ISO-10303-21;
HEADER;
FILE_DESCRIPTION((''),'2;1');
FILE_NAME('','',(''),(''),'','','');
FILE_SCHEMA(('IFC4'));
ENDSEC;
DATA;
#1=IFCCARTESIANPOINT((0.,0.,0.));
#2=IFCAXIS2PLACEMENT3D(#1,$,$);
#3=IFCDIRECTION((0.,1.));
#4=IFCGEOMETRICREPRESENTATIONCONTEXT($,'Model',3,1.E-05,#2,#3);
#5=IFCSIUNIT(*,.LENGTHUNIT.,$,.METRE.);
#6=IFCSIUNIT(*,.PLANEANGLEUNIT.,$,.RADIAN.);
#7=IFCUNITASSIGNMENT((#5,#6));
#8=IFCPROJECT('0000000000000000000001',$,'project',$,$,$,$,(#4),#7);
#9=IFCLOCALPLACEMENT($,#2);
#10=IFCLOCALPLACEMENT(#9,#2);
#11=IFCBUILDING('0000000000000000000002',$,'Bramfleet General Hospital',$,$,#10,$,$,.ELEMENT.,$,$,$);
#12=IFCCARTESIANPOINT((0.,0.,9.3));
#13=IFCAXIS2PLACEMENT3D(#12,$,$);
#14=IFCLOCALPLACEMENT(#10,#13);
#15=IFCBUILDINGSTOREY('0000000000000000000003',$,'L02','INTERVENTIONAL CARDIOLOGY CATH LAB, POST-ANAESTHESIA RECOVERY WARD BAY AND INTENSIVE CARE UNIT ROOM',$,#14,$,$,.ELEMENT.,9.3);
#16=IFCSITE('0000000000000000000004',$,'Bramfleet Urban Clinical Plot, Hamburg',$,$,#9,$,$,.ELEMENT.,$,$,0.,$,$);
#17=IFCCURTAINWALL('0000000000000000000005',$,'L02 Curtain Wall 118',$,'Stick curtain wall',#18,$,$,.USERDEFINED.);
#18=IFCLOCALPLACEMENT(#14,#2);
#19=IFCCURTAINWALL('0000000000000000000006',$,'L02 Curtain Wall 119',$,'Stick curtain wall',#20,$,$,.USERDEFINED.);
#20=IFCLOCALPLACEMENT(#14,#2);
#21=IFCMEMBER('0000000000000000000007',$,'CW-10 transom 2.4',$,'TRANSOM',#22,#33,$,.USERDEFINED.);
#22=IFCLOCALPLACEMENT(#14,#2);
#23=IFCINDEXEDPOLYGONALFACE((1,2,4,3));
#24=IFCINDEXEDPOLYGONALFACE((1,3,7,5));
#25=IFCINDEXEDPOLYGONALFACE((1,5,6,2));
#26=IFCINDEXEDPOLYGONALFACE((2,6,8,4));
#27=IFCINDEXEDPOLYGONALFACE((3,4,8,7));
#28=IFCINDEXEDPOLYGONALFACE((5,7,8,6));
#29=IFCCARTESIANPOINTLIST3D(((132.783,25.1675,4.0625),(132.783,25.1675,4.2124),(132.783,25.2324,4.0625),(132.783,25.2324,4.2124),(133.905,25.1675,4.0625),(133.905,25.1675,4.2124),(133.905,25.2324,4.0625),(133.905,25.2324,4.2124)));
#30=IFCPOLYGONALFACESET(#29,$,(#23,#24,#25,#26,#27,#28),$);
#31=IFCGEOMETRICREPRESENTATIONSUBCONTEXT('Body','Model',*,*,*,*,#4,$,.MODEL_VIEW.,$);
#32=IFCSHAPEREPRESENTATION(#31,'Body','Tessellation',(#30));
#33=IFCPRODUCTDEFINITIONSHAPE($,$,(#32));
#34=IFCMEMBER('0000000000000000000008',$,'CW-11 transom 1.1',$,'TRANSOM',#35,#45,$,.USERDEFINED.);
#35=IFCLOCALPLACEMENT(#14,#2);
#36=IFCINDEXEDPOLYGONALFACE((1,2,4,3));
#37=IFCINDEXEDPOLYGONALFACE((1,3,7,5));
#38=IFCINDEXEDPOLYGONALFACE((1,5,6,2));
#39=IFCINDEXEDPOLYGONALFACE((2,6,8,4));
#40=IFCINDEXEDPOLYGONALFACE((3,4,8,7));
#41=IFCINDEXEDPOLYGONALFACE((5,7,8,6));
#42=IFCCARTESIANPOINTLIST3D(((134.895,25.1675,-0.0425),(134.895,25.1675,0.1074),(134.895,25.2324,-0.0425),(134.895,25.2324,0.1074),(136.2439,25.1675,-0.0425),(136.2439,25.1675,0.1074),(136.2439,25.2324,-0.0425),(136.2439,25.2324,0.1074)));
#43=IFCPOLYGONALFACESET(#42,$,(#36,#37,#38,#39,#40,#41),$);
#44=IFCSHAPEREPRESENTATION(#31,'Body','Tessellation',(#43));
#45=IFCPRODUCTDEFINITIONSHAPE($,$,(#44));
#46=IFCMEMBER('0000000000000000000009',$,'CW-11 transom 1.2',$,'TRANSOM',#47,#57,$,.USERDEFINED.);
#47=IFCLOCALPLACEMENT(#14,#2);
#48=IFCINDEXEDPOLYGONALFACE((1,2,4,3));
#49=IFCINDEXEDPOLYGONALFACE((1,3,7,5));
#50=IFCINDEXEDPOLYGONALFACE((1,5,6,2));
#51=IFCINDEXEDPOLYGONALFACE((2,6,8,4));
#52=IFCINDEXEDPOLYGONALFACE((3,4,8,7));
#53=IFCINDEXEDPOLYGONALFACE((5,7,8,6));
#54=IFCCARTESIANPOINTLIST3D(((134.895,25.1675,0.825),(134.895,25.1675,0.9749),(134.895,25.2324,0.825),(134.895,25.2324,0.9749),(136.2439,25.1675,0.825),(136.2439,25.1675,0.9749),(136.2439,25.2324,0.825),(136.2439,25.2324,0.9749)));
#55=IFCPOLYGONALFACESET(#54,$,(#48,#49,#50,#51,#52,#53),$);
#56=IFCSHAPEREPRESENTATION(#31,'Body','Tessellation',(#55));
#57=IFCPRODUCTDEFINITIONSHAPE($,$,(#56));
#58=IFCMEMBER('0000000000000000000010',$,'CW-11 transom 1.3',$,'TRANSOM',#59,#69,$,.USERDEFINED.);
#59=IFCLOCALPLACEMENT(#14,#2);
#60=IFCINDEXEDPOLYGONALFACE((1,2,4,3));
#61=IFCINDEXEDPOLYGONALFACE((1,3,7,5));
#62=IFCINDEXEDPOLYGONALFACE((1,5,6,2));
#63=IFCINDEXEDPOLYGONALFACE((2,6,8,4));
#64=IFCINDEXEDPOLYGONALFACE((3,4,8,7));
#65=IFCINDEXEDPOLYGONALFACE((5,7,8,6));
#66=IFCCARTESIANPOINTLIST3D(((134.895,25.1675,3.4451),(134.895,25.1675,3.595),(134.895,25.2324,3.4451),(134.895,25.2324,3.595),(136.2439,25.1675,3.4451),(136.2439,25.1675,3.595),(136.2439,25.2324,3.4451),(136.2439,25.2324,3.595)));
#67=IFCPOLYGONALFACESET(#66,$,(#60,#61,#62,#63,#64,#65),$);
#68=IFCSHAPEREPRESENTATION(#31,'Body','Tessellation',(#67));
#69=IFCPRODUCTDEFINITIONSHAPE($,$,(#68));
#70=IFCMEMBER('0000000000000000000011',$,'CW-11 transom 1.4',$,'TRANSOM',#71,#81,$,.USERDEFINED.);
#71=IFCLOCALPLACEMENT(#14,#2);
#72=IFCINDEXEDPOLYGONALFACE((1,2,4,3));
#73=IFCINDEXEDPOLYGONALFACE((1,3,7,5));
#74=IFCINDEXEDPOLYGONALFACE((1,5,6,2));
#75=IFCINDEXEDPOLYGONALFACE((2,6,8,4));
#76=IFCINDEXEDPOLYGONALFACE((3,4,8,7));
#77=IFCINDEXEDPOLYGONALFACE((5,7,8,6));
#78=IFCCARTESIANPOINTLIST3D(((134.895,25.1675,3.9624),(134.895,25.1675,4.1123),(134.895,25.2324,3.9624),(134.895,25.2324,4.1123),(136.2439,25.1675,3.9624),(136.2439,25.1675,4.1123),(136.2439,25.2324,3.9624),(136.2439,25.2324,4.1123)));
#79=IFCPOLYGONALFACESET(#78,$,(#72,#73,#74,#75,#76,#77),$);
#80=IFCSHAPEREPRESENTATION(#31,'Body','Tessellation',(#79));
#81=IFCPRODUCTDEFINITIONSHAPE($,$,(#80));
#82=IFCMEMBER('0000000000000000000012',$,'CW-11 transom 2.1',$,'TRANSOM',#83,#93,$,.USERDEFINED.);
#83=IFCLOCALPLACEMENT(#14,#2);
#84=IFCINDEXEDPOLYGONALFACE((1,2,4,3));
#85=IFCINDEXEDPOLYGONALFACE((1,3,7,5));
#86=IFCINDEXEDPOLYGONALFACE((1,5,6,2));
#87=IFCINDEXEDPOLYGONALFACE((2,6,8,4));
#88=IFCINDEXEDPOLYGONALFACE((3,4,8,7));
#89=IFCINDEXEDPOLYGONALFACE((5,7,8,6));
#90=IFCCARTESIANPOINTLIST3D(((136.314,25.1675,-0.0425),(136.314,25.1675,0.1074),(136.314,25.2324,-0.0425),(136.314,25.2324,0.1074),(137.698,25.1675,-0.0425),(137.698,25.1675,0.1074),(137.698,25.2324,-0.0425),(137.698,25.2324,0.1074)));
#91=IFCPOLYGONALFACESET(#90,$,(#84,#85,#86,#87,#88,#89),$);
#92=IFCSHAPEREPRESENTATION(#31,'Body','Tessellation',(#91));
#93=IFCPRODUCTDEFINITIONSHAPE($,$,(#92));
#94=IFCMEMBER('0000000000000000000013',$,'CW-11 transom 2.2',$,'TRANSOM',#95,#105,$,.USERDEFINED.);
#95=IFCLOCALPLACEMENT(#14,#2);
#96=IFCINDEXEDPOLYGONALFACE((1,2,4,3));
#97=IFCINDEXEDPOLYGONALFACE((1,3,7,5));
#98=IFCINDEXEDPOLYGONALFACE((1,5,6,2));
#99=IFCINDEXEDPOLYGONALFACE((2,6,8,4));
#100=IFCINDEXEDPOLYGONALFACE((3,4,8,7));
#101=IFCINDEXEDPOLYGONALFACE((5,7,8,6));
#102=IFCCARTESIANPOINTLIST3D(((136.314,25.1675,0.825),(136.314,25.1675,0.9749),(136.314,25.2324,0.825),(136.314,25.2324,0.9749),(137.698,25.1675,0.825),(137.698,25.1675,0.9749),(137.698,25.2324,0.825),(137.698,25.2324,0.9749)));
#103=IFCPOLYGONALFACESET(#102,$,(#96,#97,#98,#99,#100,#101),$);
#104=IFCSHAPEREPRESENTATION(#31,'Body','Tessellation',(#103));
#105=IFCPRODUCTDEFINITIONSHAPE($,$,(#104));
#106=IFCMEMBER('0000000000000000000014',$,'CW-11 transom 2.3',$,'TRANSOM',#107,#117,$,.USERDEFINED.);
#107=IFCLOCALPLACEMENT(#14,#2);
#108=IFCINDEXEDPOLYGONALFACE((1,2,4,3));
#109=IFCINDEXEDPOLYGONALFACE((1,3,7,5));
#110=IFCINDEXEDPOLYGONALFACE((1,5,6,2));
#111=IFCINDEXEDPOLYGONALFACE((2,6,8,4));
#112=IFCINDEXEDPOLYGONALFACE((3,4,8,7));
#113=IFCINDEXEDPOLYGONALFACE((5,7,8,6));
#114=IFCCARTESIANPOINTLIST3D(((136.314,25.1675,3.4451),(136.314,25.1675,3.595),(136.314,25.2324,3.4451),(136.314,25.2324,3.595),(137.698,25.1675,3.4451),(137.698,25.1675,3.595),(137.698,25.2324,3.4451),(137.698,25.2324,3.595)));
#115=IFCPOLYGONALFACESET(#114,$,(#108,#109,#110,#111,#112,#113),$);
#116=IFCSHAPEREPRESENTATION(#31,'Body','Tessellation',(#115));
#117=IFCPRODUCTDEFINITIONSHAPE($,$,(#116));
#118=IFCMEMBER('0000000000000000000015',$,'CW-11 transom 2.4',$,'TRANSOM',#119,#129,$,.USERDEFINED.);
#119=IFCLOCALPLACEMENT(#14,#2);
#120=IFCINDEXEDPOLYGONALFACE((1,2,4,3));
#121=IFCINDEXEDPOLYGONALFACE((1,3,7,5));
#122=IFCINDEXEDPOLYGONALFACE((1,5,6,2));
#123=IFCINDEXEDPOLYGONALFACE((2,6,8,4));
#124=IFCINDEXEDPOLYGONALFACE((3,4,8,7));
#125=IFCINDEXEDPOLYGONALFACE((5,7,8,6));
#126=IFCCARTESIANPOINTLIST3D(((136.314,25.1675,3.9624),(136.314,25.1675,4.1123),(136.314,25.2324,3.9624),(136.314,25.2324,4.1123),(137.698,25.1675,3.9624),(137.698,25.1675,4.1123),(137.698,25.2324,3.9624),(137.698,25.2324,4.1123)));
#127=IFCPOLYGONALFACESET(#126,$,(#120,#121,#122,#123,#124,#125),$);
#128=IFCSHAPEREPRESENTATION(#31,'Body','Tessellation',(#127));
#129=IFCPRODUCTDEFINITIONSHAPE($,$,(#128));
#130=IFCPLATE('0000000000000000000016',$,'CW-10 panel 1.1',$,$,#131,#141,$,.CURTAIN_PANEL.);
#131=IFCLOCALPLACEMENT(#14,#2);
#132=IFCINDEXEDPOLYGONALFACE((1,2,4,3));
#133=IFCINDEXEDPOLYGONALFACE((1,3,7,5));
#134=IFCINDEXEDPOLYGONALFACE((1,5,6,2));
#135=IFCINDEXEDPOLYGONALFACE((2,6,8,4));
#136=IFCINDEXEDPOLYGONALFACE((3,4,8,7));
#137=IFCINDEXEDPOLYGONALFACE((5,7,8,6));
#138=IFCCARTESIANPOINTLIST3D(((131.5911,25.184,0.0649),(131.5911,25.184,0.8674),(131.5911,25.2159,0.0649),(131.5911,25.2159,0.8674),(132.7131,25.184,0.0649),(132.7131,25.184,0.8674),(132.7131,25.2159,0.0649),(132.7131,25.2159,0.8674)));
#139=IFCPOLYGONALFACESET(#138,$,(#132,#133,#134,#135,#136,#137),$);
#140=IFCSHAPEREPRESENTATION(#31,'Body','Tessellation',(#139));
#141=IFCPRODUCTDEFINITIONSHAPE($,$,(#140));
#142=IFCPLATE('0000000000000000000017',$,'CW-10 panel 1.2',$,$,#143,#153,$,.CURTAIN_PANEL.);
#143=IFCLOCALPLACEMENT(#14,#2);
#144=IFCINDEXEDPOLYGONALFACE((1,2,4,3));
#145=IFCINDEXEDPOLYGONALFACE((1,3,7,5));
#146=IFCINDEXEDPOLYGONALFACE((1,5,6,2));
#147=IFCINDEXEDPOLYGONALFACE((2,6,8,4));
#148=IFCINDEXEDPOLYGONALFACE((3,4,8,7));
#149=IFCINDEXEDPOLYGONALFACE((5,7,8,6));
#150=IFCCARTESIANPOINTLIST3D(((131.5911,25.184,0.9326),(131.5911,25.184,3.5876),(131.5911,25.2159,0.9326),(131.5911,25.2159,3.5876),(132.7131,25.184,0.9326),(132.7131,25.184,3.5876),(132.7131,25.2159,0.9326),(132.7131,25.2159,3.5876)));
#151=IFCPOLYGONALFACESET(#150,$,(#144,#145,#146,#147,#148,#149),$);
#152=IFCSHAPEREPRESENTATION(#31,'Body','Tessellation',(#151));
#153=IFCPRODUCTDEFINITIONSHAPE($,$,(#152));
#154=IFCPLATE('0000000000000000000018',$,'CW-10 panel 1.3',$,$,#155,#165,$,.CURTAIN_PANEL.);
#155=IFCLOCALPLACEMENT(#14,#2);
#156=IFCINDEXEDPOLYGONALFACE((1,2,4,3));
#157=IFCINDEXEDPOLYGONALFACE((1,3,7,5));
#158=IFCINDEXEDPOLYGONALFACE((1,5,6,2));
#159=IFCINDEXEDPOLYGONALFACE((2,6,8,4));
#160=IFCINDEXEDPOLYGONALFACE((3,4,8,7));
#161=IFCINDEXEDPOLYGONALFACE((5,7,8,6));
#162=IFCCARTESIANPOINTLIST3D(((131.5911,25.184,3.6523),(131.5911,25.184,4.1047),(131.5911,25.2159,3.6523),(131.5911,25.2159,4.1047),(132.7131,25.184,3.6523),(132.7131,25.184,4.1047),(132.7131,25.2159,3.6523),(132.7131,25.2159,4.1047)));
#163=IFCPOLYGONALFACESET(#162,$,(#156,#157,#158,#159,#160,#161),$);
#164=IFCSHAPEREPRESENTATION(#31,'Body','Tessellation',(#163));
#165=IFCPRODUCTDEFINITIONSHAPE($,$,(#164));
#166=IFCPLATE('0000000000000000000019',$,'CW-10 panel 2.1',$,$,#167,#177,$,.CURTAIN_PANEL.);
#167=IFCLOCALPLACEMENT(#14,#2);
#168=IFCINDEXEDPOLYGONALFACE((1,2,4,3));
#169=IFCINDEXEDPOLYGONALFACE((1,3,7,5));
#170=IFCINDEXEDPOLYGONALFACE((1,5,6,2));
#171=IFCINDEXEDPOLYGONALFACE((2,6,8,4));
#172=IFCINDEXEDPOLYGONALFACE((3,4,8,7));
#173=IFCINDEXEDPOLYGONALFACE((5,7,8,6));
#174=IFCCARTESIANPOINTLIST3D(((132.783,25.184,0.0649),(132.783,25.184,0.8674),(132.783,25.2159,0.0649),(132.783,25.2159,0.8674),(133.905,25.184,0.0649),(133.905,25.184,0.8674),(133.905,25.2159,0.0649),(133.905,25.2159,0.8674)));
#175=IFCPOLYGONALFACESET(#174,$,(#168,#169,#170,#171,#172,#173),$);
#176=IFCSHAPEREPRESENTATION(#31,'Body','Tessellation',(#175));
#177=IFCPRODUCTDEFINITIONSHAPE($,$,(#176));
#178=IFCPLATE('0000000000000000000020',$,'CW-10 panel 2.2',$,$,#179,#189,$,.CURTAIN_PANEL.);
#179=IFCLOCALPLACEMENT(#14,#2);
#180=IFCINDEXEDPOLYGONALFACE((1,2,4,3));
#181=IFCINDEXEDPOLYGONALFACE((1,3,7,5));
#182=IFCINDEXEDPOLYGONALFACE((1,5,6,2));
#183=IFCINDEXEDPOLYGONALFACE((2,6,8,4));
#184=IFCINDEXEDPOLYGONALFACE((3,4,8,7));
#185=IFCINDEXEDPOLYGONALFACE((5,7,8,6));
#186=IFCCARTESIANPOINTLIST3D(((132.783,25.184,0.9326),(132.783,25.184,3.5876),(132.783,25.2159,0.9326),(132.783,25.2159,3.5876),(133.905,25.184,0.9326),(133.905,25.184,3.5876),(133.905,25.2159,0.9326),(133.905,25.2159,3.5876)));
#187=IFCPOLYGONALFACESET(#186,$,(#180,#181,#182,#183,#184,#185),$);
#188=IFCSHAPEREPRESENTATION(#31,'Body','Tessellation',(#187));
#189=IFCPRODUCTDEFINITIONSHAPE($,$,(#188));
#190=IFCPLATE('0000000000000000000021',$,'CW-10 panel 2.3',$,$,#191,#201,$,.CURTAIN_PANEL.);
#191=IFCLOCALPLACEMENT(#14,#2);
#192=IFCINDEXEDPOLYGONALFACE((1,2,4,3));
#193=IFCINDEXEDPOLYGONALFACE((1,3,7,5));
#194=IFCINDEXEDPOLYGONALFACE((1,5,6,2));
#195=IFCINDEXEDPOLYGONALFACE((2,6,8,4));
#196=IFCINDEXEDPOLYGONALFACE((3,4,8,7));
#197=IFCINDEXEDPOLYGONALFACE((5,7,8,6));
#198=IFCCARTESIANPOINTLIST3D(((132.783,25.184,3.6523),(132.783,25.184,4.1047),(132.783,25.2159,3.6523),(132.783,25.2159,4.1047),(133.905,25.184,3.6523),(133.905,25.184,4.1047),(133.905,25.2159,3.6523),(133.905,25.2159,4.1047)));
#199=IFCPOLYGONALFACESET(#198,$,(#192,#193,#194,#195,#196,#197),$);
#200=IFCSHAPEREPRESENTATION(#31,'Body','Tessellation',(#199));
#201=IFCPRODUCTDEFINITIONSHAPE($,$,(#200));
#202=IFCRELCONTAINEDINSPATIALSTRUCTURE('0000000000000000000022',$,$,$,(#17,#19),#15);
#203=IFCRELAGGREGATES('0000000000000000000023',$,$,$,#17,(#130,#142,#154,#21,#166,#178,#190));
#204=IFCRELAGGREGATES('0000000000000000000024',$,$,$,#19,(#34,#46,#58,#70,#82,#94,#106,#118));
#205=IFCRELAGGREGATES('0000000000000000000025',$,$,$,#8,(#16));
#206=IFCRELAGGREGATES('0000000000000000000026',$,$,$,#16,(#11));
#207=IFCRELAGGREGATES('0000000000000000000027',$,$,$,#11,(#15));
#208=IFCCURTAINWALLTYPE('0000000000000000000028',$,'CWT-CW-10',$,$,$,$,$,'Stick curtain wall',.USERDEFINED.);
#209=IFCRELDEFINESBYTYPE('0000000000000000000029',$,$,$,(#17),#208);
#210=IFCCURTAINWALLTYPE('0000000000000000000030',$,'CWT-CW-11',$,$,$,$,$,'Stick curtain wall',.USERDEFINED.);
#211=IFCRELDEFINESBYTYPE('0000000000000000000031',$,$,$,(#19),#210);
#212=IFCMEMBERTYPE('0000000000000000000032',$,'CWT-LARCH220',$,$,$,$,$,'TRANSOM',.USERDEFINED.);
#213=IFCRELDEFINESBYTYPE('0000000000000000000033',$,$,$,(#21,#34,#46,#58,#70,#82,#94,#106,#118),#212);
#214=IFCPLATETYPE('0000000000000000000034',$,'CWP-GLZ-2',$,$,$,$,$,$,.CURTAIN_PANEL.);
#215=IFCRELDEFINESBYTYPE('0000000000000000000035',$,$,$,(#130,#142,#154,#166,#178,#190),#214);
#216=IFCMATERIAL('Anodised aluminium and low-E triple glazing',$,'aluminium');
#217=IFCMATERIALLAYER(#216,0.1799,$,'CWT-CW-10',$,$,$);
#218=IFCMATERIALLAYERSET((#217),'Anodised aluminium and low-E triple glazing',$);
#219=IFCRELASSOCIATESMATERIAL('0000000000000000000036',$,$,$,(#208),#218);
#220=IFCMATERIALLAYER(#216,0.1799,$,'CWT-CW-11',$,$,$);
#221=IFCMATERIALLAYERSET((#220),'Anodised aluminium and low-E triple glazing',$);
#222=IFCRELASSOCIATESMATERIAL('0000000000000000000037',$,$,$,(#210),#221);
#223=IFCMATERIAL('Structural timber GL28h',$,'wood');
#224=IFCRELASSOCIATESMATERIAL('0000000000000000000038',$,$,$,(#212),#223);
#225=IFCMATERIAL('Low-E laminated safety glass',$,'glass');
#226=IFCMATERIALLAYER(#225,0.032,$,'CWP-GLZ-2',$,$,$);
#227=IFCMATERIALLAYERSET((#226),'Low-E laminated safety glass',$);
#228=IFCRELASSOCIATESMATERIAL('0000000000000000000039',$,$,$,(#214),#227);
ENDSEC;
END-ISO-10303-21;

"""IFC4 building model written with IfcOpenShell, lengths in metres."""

from ifc_helpers import new_model, si_unit, direction, frame, origin, origin_2d, place, context, subcontext, project, spatial, rectangle, extrude, material, layer, layer_set, material_profile, profile_set, type_object, element, aggregate, save


model = new_model("IFC4")

# Units and contexts
model_context = context("Model", 3, precision=1e-05, world=origin(), true_north=direction((0.0, 1.0)))
body_context = subcontext(model_context, "Body", "Model", "MODEL_VIEW")
ifc_project = project(units=[si_unit("LENGTHUNIT", "METRE"), si_unit("PLANEANGLEUNIT", "RADIAN")], contexts=[model_context])

# Site, building, storey
site_placement = place(None, origin())
site = spatial("IfcSite", under=ifc_project, at=site_placement, Name="Bramfleet Urban Clinical Plot, Hamburg", CompositionType="ELEMENT", RefElevation=0.0)
building_placement = place(site_placement, origin())
building = spatial("IfcBuilding", under=site, at=building_placement, Name="Bramfleet General Hospital", CompositionType="ELEMENT")
storey_placement = place(building_placement, frame((0.0, 0.0, 9.3)))
storey = spatial("IfcBuildingStorey", under=building, at=storey_placement, Name="L02", Description="INTERVENTIONAL CARDIOLOGY CATH LAB, POST-ANAESTHESIA RECOVERY WARD BAY AND INTENSIVE CARE UNIT ROOM", CompositionType="ELEMENT", Elevation=9.3)

# Curtain walls
ifc_material_1 = material(Name="Anodised aluminium and low-E triple glazing", Category="aluminium")
ifc_layer_1 = layer(ifc_material_1, 0.1799, Name="CWT-CW-10")
ifc_layer_set_1 = layer_set([ifc_layer_1], Name="Anodised aluminium and low-E triple glazing")
curtain_wall_type_1 = type_object("IfcCurtainWallType", Name="CWT-CW-10", ElementType="Stick curtain wall", PredefinedType="USERDEFINED", material=ifc_layer_set_1)
curtain_wall_1_placement = place(storey_placement, origin())
curtain_wall_1 = element("IfcCurtainWall", 1, at=curtain_wall_1_placement, inside=storey, type_object=curtain_wall_type_1, Name="L02 Curtain Wall 118", ObjectType="Stick curtain wall", PredefinedType="USERDEFINED")
ifc_material_2 = material(Name="Structural timber GL28h", Category="wood")
ifc_layer_2 = layer(ifc_material_1, 0.1799, Name="CWT-CW-11")
ifc_layer_set_2 = layer_set([ifc_layer_2], Name="Anodised aluminium and low-E triple glazing")
curtain_wall_type_2 = type_object("IfcCurtainWallType", Name="CWT-CW-11", ElementType="Stick curtain wall", PredefinedType="USERDEFINED", material=ifc_layer_set_2)
curtain_wall_2_placement = place(storey_placement, origin())
curtain_wall_2 = element("IfcCurtainWall", 2, at=curtain_wall_2_placement, inside=storey, type_object=curtain_wall_type_2, Name="L02 Curtain Wall 119", ObjectType="Stick curtain wall", PredefinedType="USERDEFINED")

# Members
ifc_material_profile_1 = material_profile(ifc_material_2, rectangle(XDim=0.0649, YDim=0.1499, at=origin_2d()), Name="LARCH 150x65")
ifc_profile_set_1 = profile_set([ifc_material_profile_1], Name="Structural timber GL28h")
member_type_1 = type_object("IfcMemberType", Name="CWT-LARCH220", ElementType="TRANSOM", PredefinedType="USERDEFINED", material=ifc_profile_set_1)
member_1_placement = place(storey_placement, frame((132.783, 25.2, 4.1375), z_axis=(1.0, 0.0, 0.0), x_axis=(0.0, 1.0, 0.0)))
member_1 = element("IfcMember", 3, at=member_1_placement, type_object=member_type_1, Name="CW-10 transom 2.4", ObjectType="TRANSOM", PredefinedType="USERDEFINED", context=body_context, shape_type="SweptSolid", body=[
    extrude(rectangle(XDim=0.0649, YDim=0.1499, at=origin_2d()), origin(), (0.0, 0.0, 1.0), 1.1221),
])
member_2_placement = place(storey_placement, frame((134.895, 25.2, 0.0325), z_axis=(1.0, 0.0, 0.0), x_axis=(0.0, 1.0, 0.0)))
member_2 = element("IfcMember", 4, at=member_2_placement, type_object=member_type_1, Name="CW-11 transom 1.1", ObjectType="TRANSOM", PredefinedType="USERDEFINED", context=body_context, shape_type="SweptSolid", body=[
    extrude(rectangle(XDim=0.0649, YDim=0.1499, at=origin_2d()), origin(), (0.0, 0.0, 1.0), 1.3489),
])
member_3_placement = place(storey_placement, frame((134.895, 25.2, 0.8999), z_axis=(1.0, 0.0, 0.0), x_axis=(0.0, 1.0, 0.0)))
member_3 = element("IfcMember", 5, at=member_3_placement, type_object=member_type_1, Name="CW-11 transom 1.2", ObjectType="TRANSOM", PredefinedType="USERDEFINED", context=body_context, shape_type="SweptSolid", body=[
    extrude(rectangle(XDim=0.0649, YDim=0.1499, at=origin_2d()), origin(), (0.0, 0.0, 1.0), 1.3489),
])
member_4_placement = place(storey_placement, frame((134.895, 25.2, 3.52), z_axis=(1.0, 0.0, 0.0), x_axis=(0.0, 1.0, 0.0)))
member_4 = element("IfcMember", 6, at=member_4_placement, type_object=member_type_1, Name="CW-11 transom 1.3", ObjectType="TRANSOM", PredefinedType="USERDEFINED", context=body_context, shape_type="SweptSolid", body=[
    extrude(rectangle(XDim=0.0649, YDim=0.1499, at=origin_2d()), origin(), (0.0, 0.0, 1.0), 1.3489),
])
member_5_placement = place(storey_placement, frame((134.895, 25.2, 4.0374), z_axis=(1.0, 0.0, 0.0), x_axis=(0.0, 1.0, 0.0)))
member_5 = element("IfcMember", 7, at=member_5_placement, type_object=member_type_1, Name="CW-11 transom 1.4", ObjectType="TRANSOM", PredefinedType="USERDEFINED", context=body_context, shape_type="SweptSolid", body=[
    extrude(rectangle(XDim=0.0649, YDim=0.1499, at=origin_2d()), origin(), (0.0, 0.0, 1.0), 1.3489),
])
member_6_placement = place(storey_placement, frame((136.314, 25.2, 0.0325), z_axis=(1.0, 0.0, 0.0), x_axis=(0.0, 1.0, 0.0)))
member_6 = element("IfcMember", 8, at=member_6_placement, type_object=member_type_1, Name="CW-11 transom 2.1", ObjectType="TRANSOM", PredefinedType="USERDEFINED", context=body_context, shape_type="SweptSolid", body=[
    extrude(rectangle(XDim=0.0649, YDim=0.1499, at=origin_2d()), origin(), (0.0, 0.0, 1.0), 1.384),
])
member_7_placement = place(storey_placement, frame((136.314, 25.2, 0.8999), z_axis=(1.0, 0.0, 0.0), x_axis=(0.0, 1.0, 0.0)))
member_7 = element("IfcMember", 9, at=member_7_placement, type_object=member_type_1, Name="CW-11 transom 2.2", ObjectType="TRANSOM", PredefinedType="USERDEFINED", context=body_context, shape_type="SweptSolid", body=[
    extrude(rectangle(XDim=0.0649, YDim=0.1499, at=origin_2d()), origin(), (0.0, 0.0, 1.0), 1.384),
])
member_8_placement = place(storey_placement, frame((136.314, 25.2, 3.52), z_axis=(1.0, 0.0, 0.0), x_axis=(0.0, 1.0, 0.0)))
member_8 = element("IfcMember", 10, at=member_8_placement, type_object=member_type_1, Name="CW-11 transom 2.3", ObjectType="TRANSOM", PredefinedType="USERDEFINED", context=body_context, shape_type="SweptSolid", body=[
    extrude(rectangle(XDim=0.0649, YDim=0.1499, at=origin_2d()), origin(), (0.0, 0.0, 1.0), 1.384),
])
member_9_placement = place(storey_placement, frame((136.314, 25.2, 4.0374), z_axis=(1.0, 0.0, 0.0), x_axis=(0.0, 1.0, 0.0)))
member_9 = element("IfcMember", 11, at=member_9_placement, type_object=member_type_1, Name="CW-11 transom 2.4", ObjectType="TRANSOM", PredefinedType="USERDEFINED", context=body_context, shape_type="SweptSolid", body=[
    extrude(rectangle(XDim=0.0649, YDim=0.1499, at=origin_2d()), origin(), (0.0, 0.0, 1.0), 1.384),
])

# Plates
ifc_material_3 = material(Name="Low-E laminated safety glass", Category="glass")
ifc_layer_3 = layer(ifc_material_3, 0.032, Name="CWP-GLZ-2")
ifc_layer_set_3 = layer_set([ifc_layer_3], Name="Low-E laminated safety glass")
plate_type_1 = type_object("IfcPlateType", Name="CWP-GLZ-2", PredefinedType="CURTAIN_PANEL", material=ifc_layer_set_3)
plate_1_placement = place(storey_placement, frame((132.1521, 25.2, 0.0649), z_axis=(0.0, 0.0, 1.0), x_axis=(1.0, 0.0, 0.0)))
plate_1 = element("IfcPlate", 12, at=plate_1_placement, type_object=plate_type_1, Name="CW-10 panel 1.1", PredefinedType="CURTAIN_PANEL", context=body_context, shape_type="SweptSolid", body=[
    extrude(rectangle(XDim=1.1221, YDim=0.032, at=origin_2d()), origin(), (0.0, 0.0, 1.0), 0.8025),
])
plate_2_placement = place(storey_placement, frame((132.1521, 25.2, 0.9326), z_axis=(0.0, 0.0, 1.0), x_axis=(1.0, 0.0, 0.0)))
plate_2 = element("IfcPlate", 13, at=plate_2_placement, type_object=plate_type_1, Name="CW-10 panel 1.2", PredefinedType="CURTAIN_PANEL", context=body_context, shape_type="SweptSolid", body=[
    extrude(rectangle(XDim=1.1221, YDim=0.032, at=origin_2d()), origin(), (0.0, 0.0, 1.0), 2.655),
])
plate_3_placement = place(storey_placement, frame((132.1521, 25.2, 3.6523), z_axis=(0.0, 0.0, 1.0), x_axis=(1.0, 0.0, 0.0)))
plate_3 = element("IfcPlate", 14, at=plate_3_placement, type_object=plate_type_1, Name="CW-10 panel 1.3", PredefinedType="CURTAIN_PANEL", context=body_context, shape_type="SweptSolid", body=[
    extrude(rectangle(XDim=1.1221, YDim=0.032, at=origin_2d()), origin(), (0.0, 0.0, 1.0), 0.4524),
])
plate_4_placement = place(storey_placement, frame((133.344, 25.2, 0.0649), z_axis=(0.0, 0.0, 1.0), x_axis=(1.0, 0.0, 0.0)))
plate_4 = element("IfcPlate", 15, at=plate_4_placement, type_object=plate_type_1, Name="CW-10 panel 2.1", PredefinedType="CURTAIN_PANEL", context=body_context, shape_type="SweptSolid", body=[
    extrude(rectangle(XDim=1.1221, YDim=0.032, at=origin_2d()), origin(), (0.0, 0.0, 1.0), 0.8025),
])
plate_5_placement = place(storey_placement, frame((133.344, 25.2, 0.9326), z_axis=(0.0, 0.0, 1.0), x_axis=(1.0, 0.0, 0.0)))
plate_5 = element("IfcPlate", 16, at=plate_5_placement, type_object=plate_type_1, Name="CW-10 panel 2.2", PredefinedType="CURTAIN_PANEL", context=body_context, shape_type="SweptSolid", body=[
    extrude(rectangle(XDim=1.1221, YDim=0.032, at=origin_2d()), origin(), (0.0, 0.0, 1.0), 2.655),
])
plate_6_placement = place(storey_placement, frame((133.344, 25.2, 3.6523), z_axis=(0.0, 0.0, 1.0), x_axis=(1.0, 0.0, 0.0)))
plate_6 = element("IfcPlate", 17, at=plate_6_placement, type_object=plate_type_1, Name="CW-10 panel 2.3", PredefinedType="CURTAIN_PANEL", context=body_context, shape_type="SweptSolid", body=[
    extrude(rectangle(XDim=1.1221, YDim=0.032, at=origin_2d()), origin(), (0.0, 0.0, 1.0), 0.4524),
])
aggregate(curtain_wall_1, [plate_1, plate_2, plate_3, member_1, plate_4, plate_5, plate_6])
aggregate(curtain_wall_2, [member_2, member_3, member_4, member_5, member_6, member_7, member_8, member_9])

save(model, "model.ifc")
